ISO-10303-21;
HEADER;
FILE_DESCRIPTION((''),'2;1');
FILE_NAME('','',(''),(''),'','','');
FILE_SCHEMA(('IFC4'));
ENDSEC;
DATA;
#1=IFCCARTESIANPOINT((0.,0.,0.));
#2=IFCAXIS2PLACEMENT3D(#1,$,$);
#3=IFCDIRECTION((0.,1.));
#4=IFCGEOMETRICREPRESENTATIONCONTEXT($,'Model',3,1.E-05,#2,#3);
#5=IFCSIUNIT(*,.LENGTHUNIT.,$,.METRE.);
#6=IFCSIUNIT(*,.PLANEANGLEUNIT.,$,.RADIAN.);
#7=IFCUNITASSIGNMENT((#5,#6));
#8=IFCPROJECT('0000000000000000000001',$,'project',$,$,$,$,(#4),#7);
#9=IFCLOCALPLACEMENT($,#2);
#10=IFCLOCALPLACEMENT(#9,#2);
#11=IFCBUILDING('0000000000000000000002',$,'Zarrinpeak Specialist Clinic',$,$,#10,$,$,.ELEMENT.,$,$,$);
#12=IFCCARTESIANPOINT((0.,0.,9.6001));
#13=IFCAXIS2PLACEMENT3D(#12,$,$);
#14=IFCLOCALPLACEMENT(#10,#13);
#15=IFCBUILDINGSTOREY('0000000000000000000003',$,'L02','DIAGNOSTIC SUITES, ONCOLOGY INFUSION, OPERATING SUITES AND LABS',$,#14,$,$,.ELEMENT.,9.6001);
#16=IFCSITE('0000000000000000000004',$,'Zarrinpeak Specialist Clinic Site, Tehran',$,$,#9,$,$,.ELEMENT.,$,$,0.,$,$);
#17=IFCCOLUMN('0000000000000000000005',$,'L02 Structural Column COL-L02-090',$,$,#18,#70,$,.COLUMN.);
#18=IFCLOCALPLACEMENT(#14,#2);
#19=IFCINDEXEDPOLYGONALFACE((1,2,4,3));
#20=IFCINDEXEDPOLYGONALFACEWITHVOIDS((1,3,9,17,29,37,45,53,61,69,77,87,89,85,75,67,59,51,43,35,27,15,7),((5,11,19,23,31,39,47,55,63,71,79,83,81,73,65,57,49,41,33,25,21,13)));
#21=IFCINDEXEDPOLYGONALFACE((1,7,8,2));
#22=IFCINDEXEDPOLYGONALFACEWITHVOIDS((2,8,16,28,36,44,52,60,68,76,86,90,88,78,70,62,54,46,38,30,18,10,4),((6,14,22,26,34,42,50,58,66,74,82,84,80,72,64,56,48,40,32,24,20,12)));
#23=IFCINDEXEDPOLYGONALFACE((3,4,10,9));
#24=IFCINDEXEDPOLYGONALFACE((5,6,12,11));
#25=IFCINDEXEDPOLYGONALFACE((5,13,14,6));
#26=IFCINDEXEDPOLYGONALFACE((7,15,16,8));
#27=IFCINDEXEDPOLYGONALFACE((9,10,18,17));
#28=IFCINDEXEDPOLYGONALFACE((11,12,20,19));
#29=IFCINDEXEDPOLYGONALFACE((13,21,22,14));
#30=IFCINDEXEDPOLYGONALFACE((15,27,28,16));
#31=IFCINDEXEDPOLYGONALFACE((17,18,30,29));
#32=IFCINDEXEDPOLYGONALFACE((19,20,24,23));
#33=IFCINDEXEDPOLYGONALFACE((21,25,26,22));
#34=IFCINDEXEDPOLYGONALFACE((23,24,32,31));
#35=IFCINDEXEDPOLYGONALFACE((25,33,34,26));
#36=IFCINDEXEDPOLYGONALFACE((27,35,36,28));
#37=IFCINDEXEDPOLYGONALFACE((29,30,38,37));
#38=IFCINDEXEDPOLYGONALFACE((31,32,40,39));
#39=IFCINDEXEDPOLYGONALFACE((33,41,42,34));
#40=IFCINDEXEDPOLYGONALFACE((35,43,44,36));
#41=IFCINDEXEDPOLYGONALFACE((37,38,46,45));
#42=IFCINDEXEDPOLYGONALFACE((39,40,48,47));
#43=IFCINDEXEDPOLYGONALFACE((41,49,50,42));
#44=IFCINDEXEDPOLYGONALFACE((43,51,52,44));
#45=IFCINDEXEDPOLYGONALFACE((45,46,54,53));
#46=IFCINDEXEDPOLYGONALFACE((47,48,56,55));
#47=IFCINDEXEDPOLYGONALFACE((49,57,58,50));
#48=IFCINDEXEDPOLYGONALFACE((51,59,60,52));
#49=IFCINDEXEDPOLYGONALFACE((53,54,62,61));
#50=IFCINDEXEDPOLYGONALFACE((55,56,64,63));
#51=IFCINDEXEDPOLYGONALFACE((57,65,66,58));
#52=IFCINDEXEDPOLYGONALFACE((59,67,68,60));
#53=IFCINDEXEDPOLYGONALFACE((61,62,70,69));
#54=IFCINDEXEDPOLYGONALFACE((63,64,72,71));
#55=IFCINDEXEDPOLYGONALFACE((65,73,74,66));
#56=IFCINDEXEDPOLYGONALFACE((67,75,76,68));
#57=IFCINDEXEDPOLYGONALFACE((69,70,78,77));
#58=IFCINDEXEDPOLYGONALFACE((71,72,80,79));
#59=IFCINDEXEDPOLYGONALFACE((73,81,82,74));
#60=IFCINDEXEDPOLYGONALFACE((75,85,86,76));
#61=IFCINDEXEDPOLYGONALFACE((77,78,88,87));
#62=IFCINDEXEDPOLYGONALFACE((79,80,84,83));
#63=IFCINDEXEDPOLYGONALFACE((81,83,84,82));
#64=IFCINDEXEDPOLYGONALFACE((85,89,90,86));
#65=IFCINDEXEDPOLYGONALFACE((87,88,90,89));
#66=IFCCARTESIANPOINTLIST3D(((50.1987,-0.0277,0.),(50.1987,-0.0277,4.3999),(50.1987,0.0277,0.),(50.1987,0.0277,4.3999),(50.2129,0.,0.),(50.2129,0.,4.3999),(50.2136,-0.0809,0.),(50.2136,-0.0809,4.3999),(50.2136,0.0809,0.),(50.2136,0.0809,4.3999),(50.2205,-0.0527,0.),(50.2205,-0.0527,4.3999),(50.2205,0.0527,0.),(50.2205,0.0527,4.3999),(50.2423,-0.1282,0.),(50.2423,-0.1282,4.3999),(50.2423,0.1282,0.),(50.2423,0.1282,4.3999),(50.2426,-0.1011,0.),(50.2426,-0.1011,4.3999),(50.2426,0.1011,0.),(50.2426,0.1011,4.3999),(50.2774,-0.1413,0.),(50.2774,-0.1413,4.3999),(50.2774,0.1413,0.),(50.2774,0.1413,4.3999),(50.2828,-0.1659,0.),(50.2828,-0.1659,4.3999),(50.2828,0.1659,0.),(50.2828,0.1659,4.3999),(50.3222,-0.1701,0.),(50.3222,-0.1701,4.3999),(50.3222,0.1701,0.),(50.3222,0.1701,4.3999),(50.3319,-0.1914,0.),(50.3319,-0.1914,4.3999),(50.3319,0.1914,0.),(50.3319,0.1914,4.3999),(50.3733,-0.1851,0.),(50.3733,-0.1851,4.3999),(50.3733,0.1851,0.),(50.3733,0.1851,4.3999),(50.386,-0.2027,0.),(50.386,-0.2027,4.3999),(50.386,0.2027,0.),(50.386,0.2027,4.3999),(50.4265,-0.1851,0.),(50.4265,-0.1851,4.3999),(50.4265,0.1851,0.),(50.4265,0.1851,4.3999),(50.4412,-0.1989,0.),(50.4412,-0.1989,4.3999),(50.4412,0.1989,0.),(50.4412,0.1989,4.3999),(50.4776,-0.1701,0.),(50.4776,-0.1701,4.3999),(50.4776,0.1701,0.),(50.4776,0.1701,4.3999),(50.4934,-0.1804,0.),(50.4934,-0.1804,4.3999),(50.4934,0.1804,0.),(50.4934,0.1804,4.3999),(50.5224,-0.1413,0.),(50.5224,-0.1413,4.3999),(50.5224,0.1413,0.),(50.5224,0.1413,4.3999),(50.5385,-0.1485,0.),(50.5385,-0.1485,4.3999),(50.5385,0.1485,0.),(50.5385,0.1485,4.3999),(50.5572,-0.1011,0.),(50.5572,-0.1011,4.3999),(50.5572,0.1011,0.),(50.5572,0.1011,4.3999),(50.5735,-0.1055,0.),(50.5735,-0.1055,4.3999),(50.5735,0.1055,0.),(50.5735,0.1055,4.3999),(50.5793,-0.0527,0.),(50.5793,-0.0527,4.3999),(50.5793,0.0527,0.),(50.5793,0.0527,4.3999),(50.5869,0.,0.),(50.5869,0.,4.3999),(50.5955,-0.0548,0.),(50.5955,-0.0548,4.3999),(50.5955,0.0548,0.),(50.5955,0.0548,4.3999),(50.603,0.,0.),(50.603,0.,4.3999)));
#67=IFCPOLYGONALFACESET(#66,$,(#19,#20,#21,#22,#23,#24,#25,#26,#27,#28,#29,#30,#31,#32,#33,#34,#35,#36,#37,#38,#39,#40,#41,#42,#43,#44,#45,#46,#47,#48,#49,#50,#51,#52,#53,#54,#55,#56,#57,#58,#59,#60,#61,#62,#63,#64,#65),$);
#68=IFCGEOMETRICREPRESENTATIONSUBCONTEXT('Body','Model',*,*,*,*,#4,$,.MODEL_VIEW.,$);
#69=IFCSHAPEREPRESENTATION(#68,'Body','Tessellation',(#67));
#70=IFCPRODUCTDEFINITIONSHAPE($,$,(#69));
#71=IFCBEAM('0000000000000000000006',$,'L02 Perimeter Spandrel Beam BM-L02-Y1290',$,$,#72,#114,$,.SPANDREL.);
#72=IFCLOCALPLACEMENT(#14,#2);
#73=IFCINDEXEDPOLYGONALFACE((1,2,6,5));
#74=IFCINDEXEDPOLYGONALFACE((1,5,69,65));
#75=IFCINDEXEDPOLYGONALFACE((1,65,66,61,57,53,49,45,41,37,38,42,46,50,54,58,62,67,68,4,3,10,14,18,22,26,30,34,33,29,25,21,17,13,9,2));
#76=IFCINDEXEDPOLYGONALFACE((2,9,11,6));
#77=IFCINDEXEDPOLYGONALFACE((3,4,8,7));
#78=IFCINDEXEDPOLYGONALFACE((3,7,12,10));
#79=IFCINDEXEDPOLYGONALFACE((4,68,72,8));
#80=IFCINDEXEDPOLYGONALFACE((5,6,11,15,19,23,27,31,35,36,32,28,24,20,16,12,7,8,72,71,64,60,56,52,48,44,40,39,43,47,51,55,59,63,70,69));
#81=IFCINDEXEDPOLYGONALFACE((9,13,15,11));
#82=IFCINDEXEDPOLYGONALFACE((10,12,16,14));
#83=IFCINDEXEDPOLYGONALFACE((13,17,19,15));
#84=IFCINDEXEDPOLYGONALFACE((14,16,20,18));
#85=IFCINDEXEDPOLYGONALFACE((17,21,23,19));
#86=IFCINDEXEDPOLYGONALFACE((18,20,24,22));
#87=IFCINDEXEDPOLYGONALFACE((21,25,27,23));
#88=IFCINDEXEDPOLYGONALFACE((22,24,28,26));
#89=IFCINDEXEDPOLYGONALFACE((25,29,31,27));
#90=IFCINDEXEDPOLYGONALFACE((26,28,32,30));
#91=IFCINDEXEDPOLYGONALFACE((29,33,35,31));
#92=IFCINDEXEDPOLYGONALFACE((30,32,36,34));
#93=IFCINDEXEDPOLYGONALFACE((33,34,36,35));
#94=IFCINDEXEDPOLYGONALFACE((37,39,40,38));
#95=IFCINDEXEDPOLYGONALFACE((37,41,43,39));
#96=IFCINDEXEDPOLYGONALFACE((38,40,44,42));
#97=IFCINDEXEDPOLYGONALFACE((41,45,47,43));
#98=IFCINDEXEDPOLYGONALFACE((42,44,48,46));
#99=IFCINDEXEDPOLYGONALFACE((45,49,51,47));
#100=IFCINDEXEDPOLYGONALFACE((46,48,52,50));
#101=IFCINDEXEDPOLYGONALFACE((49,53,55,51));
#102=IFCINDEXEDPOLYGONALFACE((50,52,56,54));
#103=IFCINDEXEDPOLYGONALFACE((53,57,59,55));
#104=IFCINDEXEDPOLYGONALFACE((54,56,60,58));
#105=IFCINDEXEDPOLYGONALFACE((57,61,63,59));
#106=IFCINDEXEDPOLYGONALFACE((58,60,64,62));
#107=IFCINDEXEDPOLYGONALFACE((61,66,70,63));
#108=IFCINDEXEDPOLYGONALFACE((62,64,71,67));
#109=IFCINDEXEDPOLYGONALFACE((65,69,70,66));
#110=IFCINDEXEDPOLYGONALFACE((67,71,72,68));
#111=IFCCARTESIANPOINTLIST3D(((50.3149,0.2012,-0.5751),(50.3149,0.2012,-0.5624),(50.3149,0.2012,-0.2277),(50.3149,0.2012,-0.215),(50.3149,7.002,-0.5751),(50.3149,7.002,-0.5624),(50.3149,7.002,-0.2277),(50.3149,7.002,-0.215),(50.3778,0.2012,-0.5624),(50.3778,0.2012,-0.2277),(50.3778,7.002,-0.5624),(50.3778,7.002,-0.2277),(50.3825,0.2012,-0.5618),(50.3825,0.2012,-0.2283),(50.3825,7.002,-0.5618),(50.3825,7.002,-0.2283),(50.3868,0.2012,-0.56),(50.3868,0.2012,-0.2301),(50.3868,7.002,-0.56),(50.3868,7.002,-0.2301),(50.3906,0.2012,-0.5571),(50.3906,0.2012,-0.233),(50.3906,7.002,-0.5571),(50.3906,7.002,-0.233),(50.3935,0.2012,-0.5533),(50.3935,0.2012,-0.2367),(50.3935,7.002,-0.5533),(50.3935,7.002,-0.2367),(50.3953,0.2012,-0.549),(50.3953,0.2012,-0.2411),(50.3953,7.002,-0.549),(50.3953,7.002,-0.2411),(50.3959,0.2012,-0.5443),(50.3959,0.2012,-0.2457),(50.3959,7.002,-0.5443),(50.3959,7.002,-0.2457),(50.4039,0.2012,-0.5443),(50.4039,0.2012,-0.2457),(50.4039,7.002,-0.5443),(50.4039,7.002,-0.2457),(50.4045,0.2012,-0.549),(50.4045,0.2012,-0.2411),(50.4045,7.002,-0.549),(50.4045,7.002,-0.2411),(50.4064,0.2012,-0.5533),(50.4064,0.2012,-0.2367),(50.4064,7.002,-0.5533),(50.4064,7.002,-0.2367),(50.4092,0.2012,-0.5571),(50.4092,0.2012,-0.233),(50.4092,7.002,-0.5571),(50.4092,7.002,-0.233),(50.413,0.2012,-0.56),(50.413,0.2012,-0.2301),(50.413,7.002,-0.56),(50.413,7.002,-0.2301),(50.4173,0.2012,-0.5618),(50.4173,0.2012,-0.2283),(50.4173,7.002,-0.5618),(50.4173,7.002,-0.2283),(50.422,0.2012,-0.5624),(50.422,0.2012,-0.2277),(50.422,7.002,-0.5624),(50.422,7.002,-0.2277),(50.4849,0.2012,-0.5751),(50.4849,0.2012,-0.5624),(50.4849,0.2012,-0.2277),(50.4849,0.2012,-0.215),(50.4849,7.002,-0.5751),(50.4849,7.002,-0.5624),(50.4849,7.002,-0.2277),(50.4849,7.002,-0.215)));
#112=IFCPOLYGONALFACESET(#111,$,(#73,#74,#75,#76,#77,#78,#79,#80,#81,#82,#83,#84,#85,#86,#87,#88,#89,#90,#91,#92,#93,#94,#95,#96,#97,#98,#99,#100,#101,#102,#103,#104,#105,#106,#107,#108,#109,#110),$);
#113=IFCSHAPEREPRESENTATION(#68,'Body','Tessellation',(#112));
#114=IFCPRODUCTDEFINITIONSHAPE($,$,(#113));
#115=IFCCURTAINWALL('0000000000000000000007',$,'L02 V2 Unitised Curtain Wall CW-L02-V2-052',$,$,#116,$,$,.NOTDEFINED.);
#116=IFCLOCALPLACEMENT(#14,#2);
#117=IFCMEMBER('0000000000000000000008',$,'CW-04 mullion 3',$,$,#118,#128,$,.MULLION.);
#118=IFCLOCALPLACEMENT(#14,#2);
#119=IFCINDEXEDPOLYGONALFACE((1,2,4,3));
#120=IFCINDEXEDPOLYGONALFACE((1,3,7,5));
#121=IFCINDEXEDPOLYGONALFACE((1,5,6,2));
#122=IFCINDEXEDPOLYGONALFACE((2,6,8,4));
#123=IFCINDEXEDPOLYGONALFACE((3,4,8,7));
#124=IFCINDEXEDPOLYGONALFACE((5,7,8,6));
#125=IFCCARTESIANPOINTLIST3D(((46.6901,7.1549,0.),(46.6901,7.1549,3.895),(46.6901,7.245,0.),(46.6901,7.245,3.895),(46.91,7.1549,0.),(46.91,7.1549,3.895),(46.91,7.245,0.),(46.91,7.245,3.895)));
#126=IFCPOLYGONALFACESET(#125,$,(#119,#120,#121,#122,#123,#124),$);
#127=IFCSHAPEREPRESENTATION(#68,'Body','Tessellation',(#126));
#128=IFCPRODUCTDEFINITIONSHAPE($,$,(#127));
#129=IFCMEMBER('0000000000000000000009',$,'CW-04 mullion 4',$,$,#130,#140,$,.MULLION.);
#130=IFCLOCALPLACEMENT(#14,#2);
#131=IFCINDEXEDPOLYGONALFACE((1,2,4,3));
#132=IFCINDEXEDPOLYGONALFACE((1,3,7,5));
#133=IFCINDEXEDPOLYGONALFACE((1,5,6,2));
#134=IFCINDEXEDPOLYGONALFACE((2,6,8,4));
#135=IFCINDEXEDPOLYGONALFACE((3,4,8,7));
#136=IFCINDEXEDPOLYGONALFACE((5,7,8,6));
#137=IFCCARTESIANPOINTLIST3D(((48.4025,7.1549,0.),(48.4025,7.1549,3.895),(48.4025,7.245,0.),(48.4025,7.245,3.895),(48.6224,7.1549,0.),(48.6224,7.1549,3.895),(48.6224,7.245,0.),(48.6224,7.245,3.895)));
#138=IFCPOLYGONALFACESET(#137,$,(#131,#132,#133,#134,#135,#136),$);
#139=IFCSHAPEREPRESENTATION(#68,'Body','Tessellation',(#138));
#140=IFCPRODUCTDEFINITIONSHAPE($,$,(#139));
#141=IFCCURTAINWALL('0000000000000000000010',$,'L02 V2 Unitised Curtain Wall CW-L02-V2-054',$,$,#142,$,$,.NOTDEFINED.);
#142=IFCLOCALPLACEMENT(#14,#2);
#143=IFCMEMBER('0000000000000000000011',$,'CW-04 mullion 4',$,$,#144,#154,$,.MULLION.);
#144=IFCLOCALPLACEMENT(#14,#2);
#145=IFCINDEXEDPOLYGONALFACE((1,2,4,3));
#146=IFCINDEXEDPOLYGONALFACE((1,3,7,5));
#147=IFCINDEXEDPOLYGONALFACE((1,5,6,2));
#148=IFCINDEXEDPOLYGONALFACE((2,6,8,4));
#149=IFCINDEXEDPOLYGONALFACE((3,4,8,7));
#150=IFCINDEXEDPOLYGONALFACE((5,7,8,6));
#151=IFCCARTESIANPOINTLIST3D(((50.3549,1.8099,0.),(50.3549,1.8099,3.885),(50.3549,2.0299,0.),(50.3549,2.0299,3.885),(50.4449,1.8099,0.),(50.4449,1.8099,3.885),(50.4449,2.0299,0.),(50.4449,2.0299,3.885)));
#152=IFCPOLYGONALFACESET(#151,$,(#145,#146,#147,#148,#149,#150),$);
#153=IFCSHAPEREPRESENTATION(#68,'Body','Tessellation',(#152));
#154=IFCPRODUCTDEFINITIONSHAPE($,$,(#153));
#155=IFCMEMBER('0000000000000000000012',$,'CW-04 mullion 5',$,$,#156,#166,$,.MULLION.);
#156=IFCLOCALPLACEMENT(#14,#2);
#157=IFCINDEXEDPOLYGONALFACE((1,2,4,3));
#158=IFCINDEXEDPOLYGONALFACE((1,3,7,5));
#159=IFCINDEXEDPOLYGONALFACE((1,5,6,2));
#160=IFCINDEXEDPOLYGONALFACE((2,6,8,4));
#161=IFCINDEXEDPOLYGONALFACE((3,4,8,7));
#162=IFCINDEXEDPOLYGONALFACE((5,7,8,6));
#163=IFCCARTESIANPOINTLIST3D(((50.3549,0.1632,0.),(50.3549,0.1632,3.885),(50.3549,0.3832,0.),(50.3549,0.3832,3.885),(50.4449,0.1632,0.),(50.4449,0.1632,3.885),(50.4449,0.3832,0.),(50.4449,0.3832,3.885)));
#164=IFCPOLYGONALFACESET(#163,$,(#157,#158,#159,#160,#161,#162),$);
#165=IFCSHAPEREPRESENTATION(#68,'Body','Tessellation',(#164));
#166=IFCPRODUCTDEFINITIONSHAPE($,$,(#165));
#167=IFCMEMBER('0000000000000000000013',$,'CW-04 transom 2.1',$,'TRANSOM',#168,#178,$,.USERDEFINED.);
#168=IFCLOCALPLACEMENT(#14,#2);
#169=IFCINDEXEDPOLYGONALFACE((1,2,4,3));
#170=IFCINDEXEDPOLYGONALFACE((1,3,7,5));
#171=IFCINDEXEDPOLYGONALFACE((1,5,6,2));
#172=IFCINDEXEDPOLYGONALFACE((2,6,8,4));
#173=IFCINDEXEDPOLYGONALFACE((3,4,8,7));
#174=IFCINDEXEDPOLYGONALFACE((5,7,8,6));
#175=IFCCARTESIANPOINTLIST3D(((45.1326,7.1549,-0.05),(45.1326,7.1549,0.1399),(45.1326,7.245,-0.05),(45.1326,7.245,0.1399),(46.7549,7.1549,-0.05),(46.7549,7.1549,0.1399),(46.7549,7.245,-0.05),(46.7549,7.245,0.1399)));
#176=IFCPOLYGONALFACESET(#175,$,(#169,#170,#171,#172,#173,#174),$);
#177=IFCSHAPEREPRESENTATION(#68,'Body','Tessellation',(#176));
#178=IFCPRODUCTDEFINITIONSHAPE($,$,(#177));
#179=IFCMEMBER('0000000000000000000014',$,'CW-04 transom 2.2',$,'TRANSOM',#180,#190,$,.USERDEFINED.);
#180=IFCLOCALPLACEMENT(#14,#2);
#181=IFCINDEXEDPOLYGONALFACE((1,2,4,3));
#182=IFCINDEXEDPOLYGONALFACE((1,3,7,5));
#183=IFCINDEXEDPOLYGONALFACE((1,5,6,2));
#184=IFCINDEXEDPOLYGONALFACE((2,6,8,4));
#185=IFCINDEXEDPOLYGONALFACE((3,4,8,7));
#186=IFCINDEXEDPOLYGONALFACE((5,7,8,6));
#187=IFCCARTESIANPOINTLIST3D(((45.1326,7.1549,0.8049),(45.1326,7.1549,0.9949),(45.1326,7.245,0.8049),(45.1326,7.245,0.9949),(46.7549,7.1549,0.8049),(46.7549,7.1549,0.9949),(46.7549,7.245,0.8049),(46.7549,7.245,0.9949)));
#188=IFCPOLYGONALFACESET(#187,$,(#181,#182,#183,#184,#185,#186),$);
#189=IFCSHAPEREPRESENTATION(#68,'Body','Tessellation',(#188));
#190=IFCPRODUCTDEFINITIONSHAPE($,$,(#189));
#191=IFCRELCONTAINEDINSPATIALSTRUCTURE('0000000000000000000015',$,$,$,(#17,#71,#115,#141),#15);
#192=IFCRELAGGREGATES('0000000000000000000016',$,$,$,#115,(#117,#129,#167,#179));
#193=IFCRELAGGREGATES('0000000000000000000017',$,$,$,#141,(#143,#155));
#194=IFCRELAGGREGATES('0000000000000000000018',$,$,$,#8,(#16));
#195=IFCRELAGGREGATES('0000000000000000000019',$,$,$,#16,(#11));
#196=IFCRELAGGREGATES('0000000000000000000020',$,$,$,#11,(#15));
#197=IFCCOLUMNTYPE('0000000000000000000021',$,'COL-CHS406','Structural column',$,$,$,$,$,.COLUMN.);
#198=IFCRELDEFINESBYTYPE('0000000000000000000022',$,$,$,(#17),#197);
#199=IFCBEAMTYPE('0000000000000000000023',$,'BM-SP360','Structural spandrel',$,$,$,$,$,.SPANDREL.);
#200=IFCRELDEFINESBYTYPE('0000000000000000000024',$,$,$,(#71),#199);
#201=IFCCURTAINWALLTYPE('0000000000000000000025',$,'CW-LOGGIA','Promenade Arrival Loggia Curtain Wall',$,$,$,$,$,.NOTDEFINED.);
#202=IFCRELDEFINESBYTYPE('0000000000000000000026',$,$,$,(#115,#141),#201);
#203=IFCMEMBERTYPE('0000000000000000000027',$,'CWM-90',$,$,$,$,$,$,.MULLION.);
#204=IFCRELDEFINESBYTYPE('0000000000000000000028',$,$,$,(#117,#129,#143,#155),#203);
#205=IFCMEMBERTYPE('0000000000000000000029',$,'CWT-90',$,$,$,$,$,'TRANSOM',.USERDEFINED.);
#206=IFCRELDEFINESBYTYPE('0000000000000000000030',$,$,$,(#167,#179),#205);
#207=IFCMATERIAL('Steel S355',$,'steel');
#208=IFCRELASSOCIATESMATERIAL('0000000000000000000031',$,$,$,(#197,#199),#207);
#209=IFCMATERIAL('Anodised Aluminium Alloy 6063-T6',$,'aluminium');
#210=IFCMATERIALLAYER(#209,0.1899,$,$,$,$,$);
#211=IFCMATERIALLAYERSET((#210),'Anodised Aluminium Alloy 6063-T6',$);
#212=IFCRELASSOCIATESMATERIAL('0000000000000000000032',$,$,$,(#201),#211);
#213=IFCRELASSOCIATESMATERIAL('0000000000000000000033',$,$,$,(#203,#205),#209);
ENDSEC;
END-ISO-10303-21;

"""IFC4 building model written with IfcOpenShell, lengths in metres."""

from ifc_helpers import new_model, si_unit, direction, frame, origin, origin_2d, place, context, subcontext, project, spatial, rectangle, hollow_circle, i_section, extrude, material, layer, layer_set, material_profile, profile_set, type_object, element, aggregate, save


model = new_model("IFC4")

# Units and contexts
model_context = context("Model", 3, precision=1e-05, world=origin(), true_north=direction((0.0, 1.0)))
body_context = subcontext(model_context, "Body", "Model", "MODEL_VIEW")
ifc_project = project(units=[si_unit("LENGTHUNIT", "METRE"), si_unit("PLANEANGLEUNIT", "RADIAN")], contexts=[model_context])

# Site, building, storey
site_placement = place(None, origin())
site = spatial("IfcSite", under=ifc_project, at=site_placement, Name="Zarrinpeak Specialist Clinic Site, Tehran", CompositionType="ELEMENT", RefElevation=0.0)
building_placement = place(site_placement, origin())
building = spatial("IfcBuilding", under=site, at=building_placement, Name="Zarrinpeak Specialist Clinic", CompositionType="ELEMENT")
storey_placement = place(building_placement, frame((0.0, 0.0, 9.6001)))
storey = spatial("IfcBuildingStorey", under=building, at=storey_placement, Name="L02", Description="DIAGNOSTIC SUITES, ONCOLOGY INFUSION, OPERATING SUITES AND LABS", CompositionType="ELEMENT", Elevation=9.6001)

# Column
ifc_material_1 = material(Name="Steel S355", Category="steel")
ifc_material_profile_1 = material_profile(ifc_material_1, hollow_circle(Radius=0.2031, WallThickness=0.0161, at=origin_2d()), Name="CHS 406.4x16.0")
ifc_profile_set_1 = profile_set([ifc_material_profile_1], Name="Steel S355")
column_type = type_object("IfcColumnType", Name="COL-CHS406", Description="Structural column", PredefinedType="COLUMN", material=ifc_profile_set_1)
column_placement = place(storey_placement, frame((50.3999, 0.0, 0.0), z_axis=(0.0, 0.0, 1.0), x_axis=(1.0, 0.0, 0.0)))
element("IfcColumn", 1, at=column_placement, inside=storey, type_object=column_type, Name="L02 Structural Column COL-L02-090", PredefinedType="COLUMN", context=body_context, shape_type="SweptSolid", body=[
    extrude(hollow_circle(Radius=0.2031, WallThickness=0.0161, at=origin_2d()), origin(), (0.0, 0.0, 1.0), 4.3999),
])

# Beam
ifc_material_profile_2 = material_profile(ifc_material_1, i_section(OverallWidth=0.1699, OverallDepth=0.3601, WebThickness=0.0081, FlangeThickness=0.0127, FilletRadius=0.0181, at=origin_2d()), Name="IPE 360")
ifc_profile_set_2 = profile_set([ifc_material_profile_2], Name="Steel S355")
beam_type = type_object("IfcBeamType", Name="BM-SP360", Description="Structural spandrel", PredefinedType="SPANDREL", material=ifc_profile_set_2)
beam_placement = place(storey_placement, frame((50.3999, 0.2012, -0.395), z_axis=(0.0, 1.0, 0.0), x_axis=(-1.0, 0.0, 0.0)))
element("IfcBeam", 2, at=beam_placement, inside=storey, type_object=beam_type, Name="L02 Perimeter Spandrel Beam BM-L02-Y1290", PredefinedType="SPANDREL", context=body_context, shape_type="SweptSolid", body=[
    extrude(i_section(OverallWidth=0.1699, OverallDepth=0.3601, WebThickness=0.0081, FlangeThickness=0.0127, FilletRadius=0.0181, at=origin_2d()), origin(), (0.0, 0.0, 1.0), 6.8008),
])

# Curtain walls, members
ifc_material_2 = material(Name="Anodised Aluminium Alloy 6063-T6", Category="aluminium")
ifc_layer_1 = layer(ifc_material_2, 0.1899)
ifc_layer_set_1 = layer_set([ifc_layer_1], Name="Anodised Aluminium Alloy 6063-T6")
curtain_wall_type = type_object("IfcCurtainWallType", Name="CW-LOGGIA", Description="Promenade Arrival Loggia Curtain Wall", PredefinedType="NOTDEFINED", material=ifc_layer_set_1)
curtain_wall_1_placement = place(storey_placement, origin())
curtain_wall_1 = element("IfcCurtainWall", 3, at=curtain_wall_1_placement, inside=storey, type_object=curtain_wall_type, Name="L02 V2 Unitised Curtain Wall CW-L02-V2-052", PredefinedType="NOTDEFINED")
ifc_material_profile_3 = material_profile(ifc_material_2, rectangle(XDim=0.0901, YDim=0.22, at=origin_2d()), Name="ALU 90x220")
ifc_profile_set_3 = profile_set([ifc_material_profile_3], Name="Anodised Aluminium Alloy 6063-T6")
member_type_1 = type_object("IfcMemberType", Name="CWM-90", PredefinedType="MULLION", material=ifc_profile_set_3)
member_1_placement = place(storey_placement, frame((46.8, 7.2, 0.0), z_axis=(0.0, 0.0, 1.0), x_axis=(0.0, 1.0, 0.0)))
member_1 = element("IfcMember", 4, at=member_1_placement, type_object=member_type_1, Name="CW-04 mullion 3", PredefinedType="MULLION", context=body_context, shape_type="SweptSolid", body=[
    extrude(rectangle(XDim=0.0901, YDim=0.22, at=origin_2d()), origin(), (0.0, 0.0, 1.0), 3.895),
])
member_2_placement = place(storey_placement, frame((48.5125, 7.2, 0.0), z_axis=(0.0, 0.0, 1.0), x_axis=(0.0, 1.0, 0.0)))
member_2 = element("IfcMember", 5, at=member_2_placement, type_object=member_type_1, Name="CW-04 mullion 4", PredefinedType="MULLION", context=body_context, shape_type="SweptSolid", body=[
    extrude(rectangle(XDim=0.0901, YDim=0.22, at=origin_2d()), origin(), (0.0, 0.0, 1.0), 3.895),
])
curtain_wall_2_placement = place(storey_placement, origin())
curtain_wall_2 = element("IfcCurtainWall", 6, at=curtain_wall_2_placement, inside=storey, type_object=curtain_wall_type, Name="L02 V2 Unitised Curtain Wall CW-L02-V2-054", PredefinedType="NOTDEFINED")
member_3_placement = place(storey_placement, frame((50.3999, 1.9199, 0.0), z_axis=(0.0, 0.0, 1.0), x_axis=(1.0, 0.0, 0.0)))
member_3 = element("IfcMember", 7, at=member_3_placement, type_object=member_type_1, Name="CW-04 mullion 4", PredefinedType="MULLION", context=body_context, shape_type="SweptSolid", body=[
    extrude(rectangle(XDim=0.0901, YDim=0.22, at=origin_2d()), origin(), (0.0, 0.0, 1.0), 3.885),
])
member_4_placement = place(storey_placement, frame((50.3999, 0.2732, 0.0), z_axis=(0.0, 0.0, 1.0), x_axis=(1.0, 0.0, 0.0)))
member_4 = element("IfcMember", 8, at=member_4_placement, type_object=member_type_1, Name="CW-04 mullion 5", PredefinedType="MULLION", context=body_context, shape_type="SweptSolid", body=[
    extrude(rectangle(XDim=0.0901, YDim=0.22, at=origin_2d()), origin(), (0.0, 0.0, 1.0), 3.885),
])

# Members
ifc_material_profile_4 = material_profile(ifc_material_2, rectangle(XDim=0.0901, YDim=0.1899, at=origin_2d()), Name="ALU 90x190")
ifc_profile_set_4 = profile_set([ifc_material_profile_4], Name="Anodised Aluminium Alloy 6063-T6")
member_type_2 = type_object("IfcMemberType", Name="CWT-90", ElementType="TRANSOM", PredefinedType="USERDEFINED", material=ifc_profile_set_4)
member_5_placement = place(storey_placement, frame((45.1326, 7.2, 0.0449), z_axis=(1.0, 0.0, 0.0), x_axis=(0.0, 1.0, 0.0)))
member_5 = element("IfcMember", 9, at=member_5_placement, type_object=member_type_2, Name="CW-04 transom 2.1", ObjectType="TRANSOM", PredefinedType="USERDEFINED", context=body_context, shape_type="SweptSolid", body=[
    extrude(rectangle(XDim=0.0901, YDim=0.1899, at=origin_2d()), origin(), (0.0, 0.0, 1.0), 1.6223),
])
member_6_placement = place(storey_placement, frame((45.1326, 7.2, 0.8999), z_axis=(1.0, 0.0, 0.0), x_axis=(0.0, 1.0, 0.0)))
member_6 = element("IfcMember", 10, at=member_6_placement, type_object=member_type_2, Name="CW-04 transom 2.2", ObjectType="TRANSOM", PredefinedType="USERDEFINED", context=body_context, shape_type="SweptSolid", body=[
    extrude(rectangle(XDim=0.0901, YDim=0.1899, at=origin_2d()), origin(), (0.0, 0.0, 1.0), 1.6223),
])

aggregate(curtain_wall_1, [member_1, member_2, member_5, member_6])
aggregate(curtain_wall_2, [member_3, member_4])

save(model, "model.ifc")
